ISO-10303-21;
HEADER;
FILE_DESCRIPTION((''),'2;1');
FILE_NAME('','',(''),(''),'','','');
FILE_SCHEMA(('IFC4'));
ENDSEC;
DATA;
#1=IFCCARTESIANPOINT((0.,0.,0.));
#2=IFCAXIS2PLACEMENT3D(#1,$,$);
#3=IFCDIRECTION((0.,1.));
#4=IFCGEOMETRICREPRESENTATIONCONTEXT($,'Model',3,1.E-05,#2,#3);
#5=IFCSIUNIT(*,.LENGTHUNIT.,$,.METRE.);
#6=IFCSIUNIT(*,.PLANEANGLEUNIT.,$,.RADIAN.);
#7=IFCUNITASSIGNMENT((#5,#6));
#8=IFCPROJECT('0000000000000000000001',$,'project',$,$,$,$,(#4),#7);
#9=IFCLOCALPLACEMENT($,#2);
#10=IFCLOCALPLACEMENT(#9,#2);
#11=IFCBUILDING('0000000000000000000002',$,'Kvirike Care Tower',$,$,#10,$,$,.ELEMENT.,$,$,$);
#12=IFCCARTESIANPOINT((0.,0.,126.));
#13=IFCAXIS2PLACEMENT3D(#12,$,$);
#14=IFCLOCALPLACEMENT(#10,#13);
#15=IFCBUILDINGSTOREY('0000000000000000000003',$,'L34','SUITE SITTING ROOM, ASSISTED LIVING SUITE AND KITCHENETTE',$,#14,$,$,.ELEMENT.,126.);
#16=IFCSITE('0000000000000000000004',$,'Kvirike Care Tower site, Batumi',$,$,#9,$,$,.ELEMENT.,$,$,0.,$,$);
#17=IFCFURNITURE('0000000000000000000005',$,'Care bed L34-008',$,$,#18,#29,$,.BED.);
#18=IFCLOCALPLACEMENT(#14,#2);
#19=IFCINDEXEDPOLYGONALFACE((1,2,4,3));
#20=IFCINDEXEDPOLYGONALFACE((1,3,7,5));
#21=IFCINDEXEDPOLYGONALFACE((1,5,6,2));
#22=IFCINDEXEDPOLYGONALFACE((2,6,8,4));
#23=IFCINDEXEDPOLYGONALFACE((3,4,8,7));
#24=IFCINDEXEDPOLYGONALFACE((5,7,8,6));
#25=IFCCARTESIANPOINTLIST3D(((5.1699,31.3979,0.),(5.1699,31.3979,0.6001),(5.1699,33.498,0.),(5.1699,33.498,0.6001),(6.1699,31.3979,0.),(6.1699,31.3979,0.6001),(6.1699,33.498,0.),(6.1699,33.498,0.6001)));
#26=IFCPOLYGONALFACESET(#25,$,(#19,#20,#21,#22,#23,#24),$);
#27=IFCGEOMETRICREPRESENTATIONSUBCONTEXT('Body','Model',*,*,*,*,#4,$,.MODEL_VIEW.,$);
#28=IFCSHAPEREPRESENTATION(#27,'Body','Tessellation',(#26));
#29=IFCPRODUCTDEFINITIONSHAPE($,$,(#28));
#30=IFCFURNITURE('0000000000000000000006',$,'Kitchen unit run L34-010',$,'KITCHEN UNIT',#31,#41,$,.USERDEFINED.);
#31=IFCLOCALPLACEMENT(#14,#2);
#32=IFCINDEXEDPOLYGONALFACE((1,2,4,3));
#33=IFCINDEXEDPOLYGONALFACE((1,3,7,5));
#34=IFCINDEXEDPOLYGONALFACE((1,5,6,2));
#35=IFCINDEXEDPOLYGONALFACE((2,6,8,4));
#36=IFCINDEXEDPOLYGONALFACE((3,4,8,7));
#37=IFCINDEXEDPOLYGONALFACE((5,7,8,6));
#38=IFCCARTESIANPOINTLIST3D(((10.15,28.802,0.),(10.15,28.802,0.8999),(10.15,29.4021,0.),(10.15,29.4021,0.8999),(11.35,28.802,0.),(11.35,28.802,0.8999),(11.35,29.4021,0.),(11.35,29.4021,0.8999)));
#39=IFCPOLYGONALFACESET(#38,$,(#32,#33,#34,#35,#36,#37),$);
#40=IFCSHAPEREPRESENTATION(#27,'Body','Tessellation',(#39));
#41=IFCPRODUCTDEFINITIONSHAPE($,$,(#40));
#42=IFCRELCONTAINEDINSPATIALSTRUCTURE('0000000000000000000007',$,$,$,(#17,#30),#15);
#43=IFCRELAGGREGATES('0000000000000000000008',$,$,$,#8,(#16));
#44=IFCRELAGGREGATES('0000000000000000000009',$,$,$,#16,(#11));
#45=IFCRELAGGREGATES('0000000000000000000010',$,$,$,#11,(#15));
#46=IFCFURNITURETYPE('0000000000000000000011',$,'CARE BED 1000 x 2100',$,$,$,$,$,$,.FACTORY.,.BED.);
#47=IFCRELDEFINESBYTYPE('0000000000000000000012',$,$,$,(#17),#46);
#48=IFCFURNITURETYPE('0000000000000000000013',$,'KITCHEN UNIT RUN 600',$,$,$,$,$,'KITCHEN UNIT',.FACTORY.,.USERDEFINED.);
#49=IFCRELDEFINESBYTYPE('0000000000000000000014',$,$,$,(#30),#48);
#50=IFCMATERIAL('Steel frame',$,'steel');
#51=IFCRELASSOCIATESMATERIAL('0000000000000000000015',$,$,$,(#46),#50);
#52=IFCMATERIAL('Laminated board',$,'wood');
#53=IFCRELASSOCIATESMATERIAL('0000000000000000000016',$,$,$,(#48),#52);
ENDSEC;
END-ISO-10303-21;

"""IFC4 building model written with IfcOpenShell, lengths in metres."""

from ifc_helpers import new_model, si_unit, direction, frame, origin, origin_2d, place, context, subcontext, project, spatial, rectangle, extrude, material, type_object, element, save


model = new_model("IFC4")

# Units and contexts
model_context = context("Model", 3, precision=1e-05, world=origin(), true_north=direction((0.0, 1.0)))
body_context = subcontext(model_context, "Body", "Model", "MODEL_VIEW")
ifc_project = project(units=[si_unit("LENGTHUNIT", "METRE"), si_unit("PLANEANGLEUNIT", "RADIAN")], contexts=[model_context])

# Site, building, storey
site_placement = place(None, origin())
site = spatial("IfcSite", under=ifc_project, at=site_placement, Name="Kvirike Care Tower site, Batumi", CompositionType="ELEMENT", RefElevation=0.0)
building_placement = place(site_placement, origin())
building = spatial("IfcBuilding", under=site, at=building_placement, Name="Kvirike Care Tower", CompositionType="ELEMENT")
storey_placement = place(building_placement, frame((0.0, 0.0, 126.0)))
storey = spatial("IfcBuildingStorey", under=building, at=storey_placement, Name="L34", Description="SUITE SITTING ROOM, ASSISTED LIVING SUITE AND KITCHENETTE", CompositionType="ELEMENT", Elevation=126.0)

# Furniture
ifc_material_1 = material(Name="Steel frame", Category="steel")
furniture_type_1 = type_object("IfcFurnitureType", Name="CARE BED 1000 x 2100", AssemblyPlace="FACTORY", PredefinedType="BED", material=ifc_material_1)
furniture_1_placement = place(storey_placement, frame((5.6699, 32.448, 0.0), z_axis=(0.0, 0.0, 1.0), x_axis=(1.0, 0.0, 0.0)))
element("IfcFurniture", 1, at=furniture_1_placement, inside=storey, type_object=furniture_type_1, Name="Care bed L34-008", PredefinedType="BED", context=body_context, shape_type="SweptSolid", body=[
    extrude(rectangle(XDim=1.0, YDim=2.1001, at=origin_2d()), origin(), (0.0, 0.0, 1.0), 0.6001),
])
ifc_material_2 = material(Name="Laminated board", Category="wood")
furniture_type_2 = type_object("IfcFurnitureType", Name="KITCHEN UNIT RUN 600", ElementType="KITCHEN UNIT", AssemblyPlace="FACTORY", PredefinedType="USERDEFINED", material=ifc_material_2)
furniture_2_placement = place(storey_placement, frame((10.75, 29.1021, 0.0), z_axis=(0.0, 0.0, 1.0), x_axis=(-1.0, 0.0, 0.0)))
element("IfcFurniture", 2, at=furniture_2_placement, inside=storey, type_object=furniture_type_2, Name="Kitchen unit run L34-010", ObjectType="KITCHEN UNIT", PredefinedType="USERDEFINED", context=body_context, shape_type="SweptSolid", body=[
    extrude(rectangle(XDim=1.2, YDim=0.6001, at=origin_2d()), origin(), (0.0, 0.0, 1.0), 0.8999),
])

save(model, "model.ifc")
